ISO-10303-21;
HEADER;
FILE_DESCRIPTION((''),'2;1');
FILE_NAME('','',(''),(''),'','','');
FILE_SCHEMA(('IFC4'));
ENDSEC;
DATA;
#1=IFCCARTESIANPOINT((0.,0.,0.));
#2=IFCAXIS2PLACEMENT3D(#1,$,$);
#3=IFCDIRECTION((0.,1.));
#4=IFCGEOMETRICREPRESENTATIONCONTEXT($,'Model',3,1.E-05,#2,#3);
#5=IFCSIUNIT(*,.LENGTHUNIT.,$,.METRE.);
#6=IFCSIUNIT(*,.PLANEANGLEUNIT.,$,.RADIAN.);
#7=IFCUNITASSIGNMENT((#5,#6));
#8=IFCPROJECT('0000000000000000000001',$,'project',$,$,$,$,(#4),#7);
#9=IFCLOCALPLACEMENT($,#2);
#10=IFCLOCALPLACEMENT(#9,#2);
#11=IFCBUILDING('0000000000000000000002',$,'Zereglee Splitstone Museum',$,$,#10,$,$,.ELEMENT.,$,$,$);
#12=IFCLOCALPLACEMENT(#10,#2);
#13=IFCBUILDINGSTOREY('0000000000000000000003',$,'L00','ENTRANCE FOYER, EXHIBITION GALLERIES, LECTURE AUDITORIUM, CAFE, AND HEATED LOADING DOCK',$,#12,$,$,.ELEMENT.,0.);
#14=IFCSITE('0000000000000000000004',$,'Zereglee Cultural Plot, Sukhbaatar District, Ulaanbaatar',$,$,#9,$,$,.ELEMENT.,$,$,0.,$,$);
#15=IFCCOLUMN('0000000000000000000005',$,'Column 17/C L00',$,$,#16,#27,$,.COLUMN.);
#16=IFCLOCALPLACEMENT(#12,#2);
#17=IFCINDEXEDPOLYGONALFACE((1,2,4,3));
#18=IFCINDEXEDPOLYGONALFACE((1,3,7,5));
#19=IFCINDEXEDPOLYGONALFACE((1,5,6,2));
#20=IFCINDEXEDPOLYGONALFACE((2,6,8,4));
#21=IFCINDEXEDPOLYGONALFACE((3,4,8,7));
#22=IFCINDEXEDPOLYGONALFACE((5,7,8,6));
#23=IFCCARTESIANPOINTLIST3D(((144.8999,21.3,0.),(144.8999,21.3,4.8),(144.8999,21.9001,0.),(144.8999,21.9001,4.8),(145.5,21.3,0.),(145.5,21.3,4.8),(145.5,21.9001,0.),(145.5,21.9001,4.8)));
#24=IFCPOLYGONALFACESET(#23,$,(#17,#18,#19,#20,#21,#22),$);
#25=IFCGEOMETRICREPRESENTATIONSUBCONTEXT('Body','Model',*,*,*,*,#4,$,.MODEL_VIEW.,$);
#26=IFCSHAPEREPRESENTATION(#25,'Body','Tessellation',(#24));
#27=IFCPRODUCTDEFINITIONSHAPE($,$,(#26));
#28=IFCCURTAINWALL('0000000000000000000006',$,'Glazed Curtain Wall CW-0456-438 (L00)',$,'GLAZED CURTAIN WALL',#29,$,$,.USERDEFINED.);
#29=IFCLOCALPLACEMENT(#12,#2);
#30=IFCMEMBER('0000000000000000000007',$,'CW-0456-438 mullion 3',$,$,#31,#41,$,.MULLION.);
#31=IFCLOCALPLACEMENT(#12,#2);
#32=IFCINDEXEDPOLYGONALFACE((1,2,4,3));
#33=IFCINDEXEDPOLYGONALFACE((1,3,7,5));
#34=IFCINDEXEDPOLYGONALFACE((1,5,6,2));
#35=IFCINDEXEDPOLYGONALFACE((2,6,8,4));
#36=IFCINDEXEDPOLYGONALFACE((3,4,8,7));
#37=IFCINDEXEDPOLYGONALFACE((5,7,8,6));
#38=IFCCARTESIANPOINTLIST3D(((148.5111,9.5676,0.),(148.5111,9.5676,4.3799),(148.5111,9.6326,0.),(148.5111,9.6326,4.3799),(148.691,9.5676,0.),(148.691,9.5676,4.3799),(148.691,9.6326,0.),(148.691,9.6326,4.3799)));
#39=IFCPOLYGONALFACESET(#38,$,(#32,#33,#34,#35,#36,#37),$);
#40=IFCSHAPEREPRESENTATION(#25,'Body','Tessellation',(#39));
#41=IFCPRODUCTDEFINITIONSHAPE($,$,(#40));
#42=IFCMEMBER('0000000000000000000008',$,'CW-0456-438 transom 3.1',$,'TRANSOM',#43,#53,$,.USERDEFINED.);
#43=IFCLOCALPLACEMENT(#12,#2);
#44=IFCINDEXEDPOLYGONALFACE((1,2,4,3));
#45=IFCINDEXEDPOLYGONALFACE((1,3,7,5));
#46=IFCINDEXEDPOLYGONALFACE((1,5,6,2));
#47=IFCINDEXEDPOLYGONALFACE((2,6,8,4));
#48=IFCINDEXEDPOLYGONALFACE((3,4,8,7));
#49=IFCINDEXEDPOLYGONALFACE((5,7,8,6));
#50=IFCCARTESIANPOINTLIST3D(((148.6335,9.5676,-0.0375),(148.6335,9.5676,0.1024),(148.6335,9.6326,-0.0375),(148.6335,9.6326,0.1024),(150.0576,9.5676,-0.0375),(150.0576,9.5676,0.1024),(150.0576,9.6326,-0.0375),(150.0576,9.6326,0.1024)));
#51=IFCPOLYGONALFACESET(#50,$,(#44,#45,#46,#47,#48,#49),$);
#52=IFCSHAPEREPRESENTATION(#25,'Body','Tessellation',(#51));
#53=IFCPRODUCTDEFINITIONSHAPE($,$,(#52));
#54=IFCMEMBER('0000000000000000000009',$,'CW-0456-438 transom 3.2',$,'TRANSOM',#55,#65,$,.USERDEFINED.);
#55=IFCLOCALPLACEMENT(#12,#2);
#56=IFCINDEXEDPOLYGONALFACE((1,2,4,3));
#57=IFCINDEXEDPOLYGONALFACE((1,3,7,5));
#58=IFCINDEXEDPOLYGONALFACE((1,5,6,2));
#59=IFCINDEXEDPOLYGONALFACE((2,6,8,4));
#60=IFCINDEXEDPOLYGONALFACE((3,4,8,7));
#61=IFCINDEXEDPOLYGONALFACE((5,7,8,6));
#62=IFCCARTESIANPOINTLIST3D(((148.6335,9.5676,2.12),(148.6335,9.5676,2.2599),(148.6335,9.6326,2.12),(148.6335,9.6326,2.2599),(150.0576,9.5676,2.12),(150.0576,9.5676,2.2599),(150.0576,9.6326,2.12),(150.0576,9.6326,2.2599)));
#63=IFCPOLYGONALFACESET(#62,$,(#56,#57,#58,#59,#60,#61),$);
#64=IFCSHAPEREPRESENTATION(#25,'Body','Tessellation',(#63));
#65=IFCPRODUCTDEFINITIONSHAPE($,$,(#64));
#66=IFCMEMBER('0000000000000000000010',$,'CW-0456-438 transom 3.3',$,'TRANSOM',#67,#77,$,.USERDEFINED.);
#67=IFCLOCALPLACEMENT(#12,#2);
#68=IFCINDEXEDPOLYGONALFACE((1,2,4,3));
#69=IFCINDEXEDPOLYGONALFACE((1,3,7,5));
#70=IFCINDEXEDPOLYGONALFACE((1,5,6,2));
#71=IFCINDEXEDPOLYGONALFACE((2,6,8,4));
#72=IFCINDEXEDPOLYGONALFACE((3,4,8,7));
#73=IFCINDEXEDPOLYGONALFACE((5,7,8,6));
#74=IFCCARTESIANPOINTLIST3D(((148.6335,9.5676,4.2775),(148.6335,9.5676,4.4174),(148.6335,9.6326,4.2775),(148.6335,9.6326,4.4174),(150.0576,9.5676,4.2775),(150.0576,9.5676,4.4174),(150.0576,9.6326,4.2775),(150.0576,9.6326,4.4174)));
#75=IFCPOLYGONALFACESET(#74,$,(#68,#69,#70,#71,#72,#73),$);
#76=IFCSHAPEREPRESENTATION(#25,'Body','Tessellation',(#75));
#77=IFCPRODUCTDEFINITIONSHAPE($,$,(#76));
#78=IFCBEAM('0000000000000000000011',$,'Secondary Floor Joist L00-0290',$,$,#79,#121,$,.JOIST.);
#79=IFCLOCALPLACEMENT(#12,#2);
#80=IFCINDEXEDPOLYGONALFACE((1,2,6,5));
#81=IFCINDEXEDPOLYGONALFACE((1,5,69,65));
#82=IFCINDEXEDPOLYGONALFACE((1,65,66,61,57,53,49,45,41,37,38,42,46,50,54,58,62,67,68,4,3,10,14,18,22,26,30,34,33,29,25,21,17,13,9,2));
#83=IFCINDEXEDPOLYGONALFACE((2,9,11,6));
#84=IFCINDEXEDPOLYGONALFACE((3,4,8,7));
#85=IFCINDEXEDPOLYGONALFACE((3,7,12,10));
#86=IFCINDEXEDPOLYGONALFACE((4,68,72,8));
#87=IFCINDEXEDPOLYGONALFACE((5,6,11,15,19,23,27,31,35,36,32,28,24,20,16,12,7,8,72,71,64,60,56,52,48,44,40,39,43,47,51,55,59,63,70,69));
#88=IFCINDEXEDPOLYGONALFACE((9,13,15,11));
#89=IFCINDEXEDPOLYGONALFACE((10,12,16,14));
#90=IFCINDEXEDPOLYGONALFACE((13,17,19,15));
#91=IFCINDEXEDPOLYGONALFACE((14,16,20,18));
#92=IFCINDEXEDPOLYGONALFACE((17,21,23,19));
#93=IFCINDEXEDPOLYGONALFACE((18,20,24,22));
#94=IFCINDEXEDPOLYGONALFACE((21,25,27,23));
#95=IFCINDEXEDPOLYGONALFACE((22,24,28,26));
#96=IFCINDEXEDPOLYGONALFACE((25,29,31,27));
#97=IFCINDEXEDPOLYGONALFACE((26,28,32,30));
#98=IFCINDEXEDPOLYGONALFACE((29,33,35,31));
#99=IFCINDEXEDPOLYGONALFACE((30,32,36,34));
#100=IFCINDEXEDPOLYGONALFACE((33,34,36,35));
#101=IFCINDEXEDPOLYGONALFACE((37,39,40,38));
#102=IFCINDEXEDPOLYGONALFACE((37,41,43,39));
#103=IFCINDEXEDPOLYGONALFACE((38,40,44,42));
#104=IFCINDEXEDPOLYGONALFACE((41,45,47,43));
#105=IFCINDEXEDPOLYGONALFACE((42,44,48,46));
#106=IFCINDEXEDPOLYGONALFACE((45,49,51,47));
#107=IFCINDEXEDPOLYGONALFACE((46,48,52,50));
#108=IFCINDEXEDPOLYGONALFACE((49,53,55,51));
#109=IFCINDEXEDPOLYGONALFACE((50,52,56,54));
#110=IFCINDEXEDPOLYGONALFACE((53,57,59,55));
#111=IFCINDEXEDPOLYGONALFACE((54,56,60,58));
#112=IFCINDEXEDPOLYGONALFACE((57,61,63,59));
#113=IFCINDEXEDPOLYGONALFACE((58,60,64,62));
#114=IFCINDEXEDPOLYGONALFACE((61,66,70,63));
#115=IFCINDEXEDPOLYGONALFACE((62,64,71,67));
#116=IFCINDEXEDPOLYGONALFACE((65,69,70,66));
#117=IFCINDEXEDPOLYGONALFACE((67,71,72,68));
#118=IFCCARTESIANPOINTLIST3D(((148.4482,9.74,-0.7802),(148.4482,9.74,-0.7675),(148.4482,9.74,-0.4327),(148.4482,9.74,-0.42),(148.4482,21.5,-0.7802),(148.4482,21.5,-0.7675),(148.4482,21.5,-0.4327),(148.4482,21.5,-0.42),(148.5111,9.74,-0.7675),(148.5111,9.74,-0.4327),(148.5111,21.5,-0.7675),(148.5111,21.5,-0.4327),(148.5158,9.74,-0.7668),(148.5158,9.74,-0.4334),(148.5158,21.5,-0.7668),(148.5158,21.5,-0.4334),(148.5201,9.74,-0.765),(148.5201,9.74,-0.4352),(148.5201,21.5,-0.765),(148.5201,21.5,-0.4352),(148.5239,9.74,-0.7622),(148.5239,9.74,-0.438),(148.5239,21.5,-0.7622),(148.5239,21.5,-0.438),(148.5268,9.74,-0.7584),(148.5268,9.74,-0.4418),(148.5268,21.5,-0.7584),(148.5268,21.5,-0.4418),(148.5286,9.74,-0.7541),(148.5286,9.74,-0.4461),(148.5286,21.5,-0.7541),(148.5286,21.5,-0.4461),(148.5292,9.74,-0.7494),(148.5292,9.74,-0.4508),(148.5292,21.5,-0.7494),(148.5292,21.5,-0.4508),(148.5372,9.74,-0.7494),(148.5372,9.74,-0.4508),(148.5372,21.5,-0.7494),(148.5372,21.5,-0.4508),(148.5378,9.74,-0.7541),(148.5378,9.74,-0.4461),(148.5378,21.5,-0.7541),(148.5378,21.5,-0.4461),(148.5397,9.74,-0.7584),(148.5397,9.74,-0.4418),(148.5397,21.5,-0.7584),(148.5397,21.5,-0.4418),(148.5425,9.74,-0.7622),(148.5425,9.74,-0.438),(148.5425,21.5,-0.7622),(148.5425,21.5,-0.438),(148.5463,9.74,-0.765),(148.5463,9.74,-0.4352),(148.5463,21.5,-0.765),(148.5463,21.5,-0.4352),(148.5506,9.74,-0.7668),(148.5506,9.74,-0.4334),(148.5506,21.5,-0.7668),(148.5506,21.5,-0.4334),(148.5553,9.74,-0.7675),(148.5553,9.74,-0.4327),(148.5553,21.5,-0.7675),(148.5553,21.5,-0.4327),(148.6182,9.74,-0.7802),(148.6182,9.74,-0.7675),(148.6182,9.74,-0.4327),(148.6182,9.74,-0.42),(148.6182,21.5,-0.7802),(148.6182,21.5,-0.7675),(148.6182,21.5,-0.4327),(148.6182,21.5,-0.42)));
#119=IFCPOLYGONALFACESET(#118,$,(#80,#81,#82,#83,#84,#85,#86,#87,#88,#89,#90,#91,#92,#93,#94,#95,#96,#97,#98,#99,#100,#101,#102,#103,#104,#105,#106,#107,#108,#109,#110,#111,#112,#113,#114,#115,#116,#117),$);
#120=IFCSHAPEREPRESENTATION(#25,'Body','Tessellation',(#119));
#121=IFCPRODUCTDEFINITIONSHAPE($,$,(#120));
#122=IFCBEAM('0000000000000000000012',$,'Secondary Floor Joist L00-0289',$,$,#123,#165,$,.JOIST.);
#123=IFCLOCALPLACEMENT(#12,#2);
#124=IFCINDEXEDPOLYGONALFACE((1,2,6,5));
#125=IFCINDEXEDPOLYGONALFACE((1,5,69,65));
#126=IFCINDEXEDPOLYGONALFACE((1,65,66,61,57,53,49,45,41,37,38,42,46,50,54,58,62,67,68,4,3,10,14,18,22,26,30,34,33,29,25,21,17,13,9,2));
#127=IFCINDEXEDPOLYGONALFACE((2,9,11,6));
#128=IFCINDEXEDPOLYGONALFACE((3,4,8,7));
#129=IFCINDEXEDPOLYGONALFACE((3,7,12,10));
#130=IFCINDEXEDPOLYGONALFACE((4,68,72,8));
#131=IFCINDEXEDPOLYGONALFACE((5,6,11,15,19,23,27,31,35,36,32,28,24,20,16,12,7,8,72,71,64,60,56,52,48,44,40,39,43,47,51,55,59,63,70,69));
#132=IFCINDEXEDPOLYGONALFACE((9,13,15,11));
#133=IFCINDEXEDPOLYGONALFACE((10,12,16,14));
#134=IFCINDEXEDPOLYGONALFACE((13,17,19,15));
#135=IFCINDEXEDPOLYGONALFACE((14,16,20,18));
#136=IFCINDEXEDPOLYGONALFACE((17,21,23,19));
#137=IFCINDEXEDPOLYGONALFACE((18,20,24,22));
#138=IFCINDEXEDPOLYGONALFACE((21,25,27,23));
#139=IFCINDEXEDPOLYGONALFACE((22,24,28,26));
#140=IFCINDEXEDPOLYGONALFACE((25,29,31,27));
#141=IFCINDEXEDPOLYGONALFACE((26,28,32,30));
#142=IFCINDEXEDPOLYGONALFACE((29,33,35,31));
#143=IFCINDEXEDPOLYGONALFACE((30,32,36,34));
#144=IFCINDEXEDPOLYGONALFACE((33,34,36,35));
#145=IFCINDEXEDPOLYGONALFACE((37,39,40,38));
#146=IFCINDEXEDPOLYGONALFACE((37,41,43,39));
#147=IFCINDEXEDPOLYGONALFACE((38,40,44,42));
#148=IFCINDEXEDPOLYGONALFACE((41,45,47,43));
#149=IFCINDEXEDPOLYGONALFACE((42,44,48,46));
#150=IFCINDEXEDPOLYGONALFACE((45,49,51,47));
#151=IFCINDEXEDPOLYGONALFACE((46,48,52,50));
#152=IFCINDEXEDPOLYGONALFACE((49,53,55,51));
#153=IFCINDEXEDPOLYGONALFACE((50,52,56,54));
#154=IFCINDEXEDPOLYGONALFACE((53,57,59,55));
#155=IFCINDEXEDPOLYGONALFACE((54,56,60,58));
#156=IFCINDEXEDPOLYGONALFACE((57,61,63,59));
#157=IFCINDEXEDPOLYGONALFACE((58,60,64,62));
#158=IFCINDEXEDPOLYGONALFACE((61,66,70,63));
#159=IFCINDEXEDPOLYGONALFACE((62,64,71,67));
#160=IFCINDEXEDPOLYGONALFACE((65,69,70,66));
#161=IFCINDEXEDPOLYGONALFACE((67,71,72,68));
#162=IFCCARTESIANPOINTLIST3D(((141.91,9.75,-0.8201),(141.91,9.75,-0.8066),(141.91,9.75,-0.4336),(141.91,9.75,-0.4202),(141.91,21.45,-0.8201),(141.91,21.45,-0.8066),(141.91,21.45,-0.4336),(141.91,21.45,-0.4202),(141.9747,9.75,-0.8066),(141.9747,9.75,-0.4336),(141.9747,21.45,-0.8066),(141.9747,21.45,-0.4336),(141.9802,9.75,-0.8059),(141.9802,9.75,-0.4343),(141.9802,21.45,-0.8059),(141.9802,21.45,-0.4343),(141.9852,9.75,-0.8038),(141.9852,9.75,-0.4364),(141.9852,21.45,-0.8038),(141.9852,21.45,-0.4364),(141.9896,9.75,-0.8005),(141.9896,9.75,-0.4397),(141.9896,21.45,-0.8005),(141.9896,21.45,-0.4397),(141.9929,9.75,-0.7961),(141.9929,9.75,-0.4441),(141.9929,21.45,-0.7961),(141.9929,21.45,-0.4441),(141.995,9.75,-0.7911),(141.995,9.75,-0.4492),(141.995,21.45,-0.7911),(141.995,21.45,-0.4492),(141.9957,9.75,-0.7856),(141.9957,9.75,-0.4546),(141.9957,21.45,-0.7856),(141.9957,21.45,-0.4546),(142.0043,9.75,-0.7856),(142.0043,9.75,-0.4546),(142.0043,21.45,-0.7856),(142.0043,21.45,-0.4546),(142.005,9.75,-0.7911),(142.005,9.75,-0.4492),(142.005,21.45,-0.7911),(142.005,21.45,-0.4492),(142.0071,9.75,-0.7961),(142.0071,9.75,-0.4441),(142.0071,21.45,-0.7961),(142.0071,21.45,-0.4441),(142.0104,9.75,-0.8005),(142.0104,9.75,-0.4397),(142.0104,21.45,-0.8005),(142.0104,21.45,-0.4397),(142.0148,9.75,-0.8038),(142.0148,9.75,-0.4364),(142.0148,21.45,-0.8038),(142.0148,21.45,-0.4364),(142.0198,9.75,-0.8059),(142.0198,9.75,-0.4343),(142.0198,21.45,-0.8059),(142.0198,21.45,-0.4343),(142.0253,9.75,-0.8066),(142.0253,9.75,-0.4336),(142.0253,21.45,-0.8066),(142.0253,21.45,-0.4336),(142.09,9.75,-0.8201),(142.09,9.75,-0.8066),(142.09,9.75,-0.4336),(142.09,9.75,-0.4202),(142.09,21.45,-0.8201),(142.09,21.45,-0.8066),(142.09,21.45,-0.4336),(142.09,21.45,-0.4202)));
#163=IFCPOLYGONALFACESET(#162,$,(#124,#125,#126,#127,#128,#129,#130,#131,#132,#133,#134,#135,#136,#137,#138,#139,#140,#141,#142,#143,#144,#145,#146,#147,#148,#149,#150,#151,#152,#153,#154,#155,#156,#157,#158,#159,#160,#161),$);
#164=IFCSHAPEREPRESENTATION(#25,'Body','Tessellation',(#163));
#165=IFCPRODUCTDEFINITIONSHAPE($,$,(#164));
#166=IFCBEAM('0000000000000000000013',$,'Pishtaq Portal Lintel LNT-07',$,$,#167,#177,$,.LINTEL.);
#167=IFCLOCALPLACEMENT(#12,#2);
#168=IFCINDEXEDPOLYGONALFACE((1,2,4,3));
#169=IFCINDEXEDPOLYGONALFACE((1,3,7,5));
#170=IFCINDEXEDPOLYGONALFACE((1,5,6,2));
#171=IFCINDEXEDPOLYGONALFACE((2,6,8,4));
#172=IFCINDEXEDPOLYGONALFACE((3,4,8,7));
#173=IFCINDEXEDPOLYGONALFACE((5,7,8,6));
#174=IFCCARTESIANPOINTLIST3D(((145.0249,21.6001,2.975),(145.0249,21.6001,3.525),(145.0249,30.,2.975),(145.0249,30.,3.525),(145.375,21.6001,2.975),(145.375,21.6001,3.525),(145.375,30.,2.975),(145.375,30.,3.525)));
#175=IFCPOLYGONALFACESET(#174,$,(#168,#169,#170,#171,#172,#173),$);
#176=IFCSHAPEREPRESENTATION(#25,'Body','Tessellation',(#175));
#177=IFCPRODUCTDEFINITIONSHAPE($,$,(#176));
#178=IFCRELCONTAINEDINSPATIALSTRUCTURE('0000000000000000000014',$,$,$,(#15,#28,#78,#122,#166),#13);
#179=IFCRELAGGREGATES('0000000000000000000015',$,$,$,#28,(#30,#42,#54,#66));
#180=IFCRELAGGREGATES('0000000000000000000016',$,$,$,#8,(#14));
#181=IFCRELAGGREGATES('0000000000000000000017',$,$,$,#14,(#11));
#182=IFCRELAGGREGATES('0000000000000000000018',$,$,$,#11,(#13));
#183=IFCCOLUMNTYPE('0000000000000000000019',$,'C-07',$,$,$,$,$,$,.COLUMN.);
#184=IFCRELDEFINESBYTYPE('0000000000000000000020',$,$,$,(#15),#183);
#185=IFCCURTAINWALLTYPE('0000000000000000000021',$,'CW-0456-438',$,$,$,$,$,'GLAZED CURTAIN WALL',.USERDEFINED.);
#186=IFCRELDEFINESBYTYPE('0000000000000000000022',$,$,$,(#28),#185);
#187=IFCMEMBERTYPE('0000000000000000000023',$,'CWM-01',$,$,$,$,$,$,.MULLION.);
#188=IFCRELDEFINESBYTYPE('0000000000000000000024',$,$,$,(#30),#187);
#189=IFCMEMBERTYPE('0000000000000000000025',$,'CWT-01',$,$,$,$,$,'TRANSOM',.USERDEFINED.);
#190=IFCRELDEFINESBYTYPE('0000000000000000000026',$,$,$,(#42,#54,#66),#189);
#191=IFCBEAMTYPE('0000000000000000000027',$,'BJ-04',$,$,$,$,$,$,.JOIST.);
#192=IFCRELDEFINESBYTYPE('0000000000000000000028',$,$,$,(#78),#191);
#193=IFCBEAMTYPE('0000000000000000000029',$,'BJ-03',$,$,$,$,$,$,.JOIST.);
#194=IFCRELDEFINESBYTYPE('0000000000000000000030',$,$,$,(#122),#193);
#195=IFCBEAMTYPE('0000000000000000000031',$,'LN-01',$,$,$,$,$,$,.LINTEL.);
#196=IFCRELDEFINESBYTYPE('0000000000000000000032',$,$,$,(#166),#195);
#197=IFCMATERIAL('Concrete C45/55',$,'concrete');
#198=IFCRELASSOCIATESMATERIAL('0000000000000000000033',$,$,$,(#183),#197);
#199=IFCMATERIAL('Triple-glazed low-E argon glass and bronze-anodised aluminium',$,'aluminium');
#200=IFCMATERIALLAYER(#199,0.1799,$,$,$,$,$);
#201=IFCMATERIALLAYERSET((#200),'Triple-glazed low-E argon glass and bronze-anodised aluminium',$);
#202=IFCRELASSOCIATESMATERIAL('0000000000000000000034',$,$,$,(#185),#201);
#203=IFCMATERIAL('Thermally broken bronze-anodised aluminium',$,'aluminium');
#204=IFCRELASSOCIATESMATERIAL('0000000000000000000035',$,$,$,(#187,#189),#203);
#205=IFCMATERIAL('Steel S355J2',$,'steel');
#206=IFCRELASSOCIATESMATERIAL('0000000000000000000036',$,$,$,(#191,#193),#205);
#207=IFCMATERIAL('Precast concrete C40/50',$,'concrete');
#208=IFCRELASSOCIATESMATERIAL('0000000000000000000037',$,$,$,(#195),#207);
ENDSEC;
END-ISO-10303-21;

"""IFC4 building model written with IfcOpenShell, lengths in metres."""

from ifc_helpers import new_model, si_unit, direction, frame, origin, origin_2d, place, context, subcontext, project, spatial, rectangle, i_section, extrude, material, layer, layer_set, material_profile, profile_set, type_object, element, aggregate, save


model = new_model("IFC4")

# Units and contexts
model_context = context("Model", 3, precision=1e-05, world=origin(), true_north=direction((0.0, 1.0)))
body_context = subcontext(model_context, "Body", "Model", "MODEL_VIEW")
ifc_project = project(units=[si_unit("LENGTHUNIT", "METRE"), si_unit("PLANEANGLEUNIT", "RADIAN")], contexts=[model_context])

# Site, building, storey
site_placement = place(None, origin())
site = spatial("IfcSite", under=ifc_project, at=site_placement, Name="Zereglee Cultural Plot, Sukhbaatar District, Ulaanbaatar", CompositionType="ELEMENT", RefElevation=0.0)
building_placement = place(site_placement, origin())
building = spatial("IfcBuilding", under=site, at=building_placement, Name="Zereglee Splitstone Museum", CompositionType="ELEMENT")
storey_placement = place(building_placement, origin())
storey = spatial("IfcBuildingStorey", under=building, at=storey_placement, Name="L00", Description="ENTRANCE FOYER, EXHIBITION GALLERIES, LECTURE AUDITORIUM, CAFE, AND HEATED LOADING DOCK", CompositionType="ELEMENT", Elevation=0.0)

# Column
ifc_material_1 = material(Name="Concrete C45/55", Category="concrete")
ifc_material_profile_1 = material_profile(ifc_material_1, rectangle(XDim=0.6001, YDim=0.6001, at=origin_2d()), Name="RC 600x600")
ifc_profile_set_1 = profile_set([ifc_material_profile_1], Name="Concrete C45/55")
column_type = type_object("IfcColumnType", Name="C-07", PredefinedType="COLUMN", material=ifc_profile_set_1)
column_placement = place(storey_placement, frame((145.2, 21.6001, 0.0), z_axis=(0.0, 0.0, 1.0), x_axis=(1.0, 0.0, 0.0)))
element("IfcColumn", 1, at=column_placement, inside=storey, type_object=column_type, Name="Column 17/C L00", PredefinedType="COLUMN", context=body_context, shape_type="SweptSolid", body=[
    extrude(rectangle(XDim=0.6001, YDim=0.6001, at=origin_2d()), origin(), (0.0, 0.0, 1.0), 4.8),
])

# Curtain wall, members
ifc_material_2 = material(Name="Triple-glazed low-E argon glass and bronze-anodised aluminium", Category="aluminium")
ifc_layer_1 = layer(ifc_material_2, 0.1799)
ifc_layer_set_1 = layer_set([ifc_layer_1], Name="Triple-glazed low-E argon glass and bronze-anodised aluminium")
curtain_wall_type = type_object("IfcCurtainWallType", Name="CW-0456-438", ElementType="GLAZED CURTAIN WALL", PredefinedType="USERDEFINED", material=ifc_layer_set_1)
curtain_wall_placement = place(storey_placement, origin())
curtain_wall = element("IfcCurtainWall", 2, at=curtain_wall_placement, inside=storey, type_object=curtain_wall_type, Name="Glazed Curtain Wall CW-0456-438 (L00)", ObjectType="GLAZED CURTAIN WALL", PredefinedType="USERDEFINED")
ifc_material_3 = material(Name="Thermally broken bronze-anodised aluminium", Category="aluminium")
ifc_material_profile_2 = material_profile(ifc_material_3, rectangle(XDim=0.0649, YDim=0.1799, at=origin_2d()), Name="CW MULL 65x180")
ifc_profile_set_2 = profile_set([ifc_material_profile_2], Name="Thermally broken bronze-anodised aluminium")
member_type_1 = type_object("IfcMemberType", Name="CWM-01", PredefinedType="MULLION", material=ifc_profile_set_2)
member_1_placement = place(storey_placement, frame((148.6011, 9.6001, 0.0), z_axis=(0.0, 0.0, 1.0), x_axis=(0.0, 1.0, 0.0)))
member_1 = element("IfcMember", 3, at=member_1_placement, type_object=member_type_1, Name="CW-0456-438 mullion 3", PredefinedType="MULLION", context=body_context, shape_type="SweptSolid", body=[
    extrude(rectangle(XDim=0.0649, YDim=0.1799, at=origin_2d()), origin(), (0.0, 0.0, 1.0), 4.3799),
])
ifc_material_profile_3 = material_profile(ifc_material_3, rectangle(XDim=0.0649, YDim=0.1399, at=origin_2d()), Name="CW TRAN 65x140")
ifc_profile_set_3 = profile_set([ifc_material_profile_3], Name="Thermally broken bronze-anodised aluminium")
member_type_2 = type_object("IfcMemberType", Name="CWT-01", ElementType="TRANSOM", PredefinedType="USERDEFINED", material=ifc_profile_set_3)
member_2_placement = place(storey_placement, frame((148.6335, 9.6001, 0.0325), z_axis=(1.0, 0.0, 0.0), x_axis=(0.0, 1.0, 0.0)))
member_2 = element("IfcMember", 4, at=member_2_placement, type_object=member_type_2, Name="CW-0456-438 transom 3.1", ObjectType="TRANSOM", PredefinedType="USERDEFINED", context=body_context, shape_type="SweptSolid", body=[
    extrude(rectangle(XDim=0.0649, YDim=0.1399, at=origin_2d()), origin(), (0.0, 0.0, 1.0), 1.4241),
])
member_3_placement = place(storey_placement, frame((148.6335, 9.6001, 2.1899), z_axis=(1.0, 0.0, 0.0), x_axis=(0.0, 1.0, 0.0)))
member_3 = element("IfcMember", 5, at=member_3_placement, type_object=member_type_2, Name="CW-0456-438 transom 3.2", ObjectType="TRANSOM", PredefinedType="USERDEFINED", context=body_context, shape_type="SweptSolid", body=[
    extrude(rectangle(XDim=0.0649, YDim=0.1399, at=origin_2d()), origin(), (0.0, 0.0, 1.0), 1.4241),
])
member_4_placement = place(storey_placement, frame((148.6335, 9.6001, 4.3474), z_axis=(1.0, 0.0, 0.0), x_axis=(0.0, 1.0, 0.0)))
member_4 = element("IfcMember", 6, at=member_4_placement, type_object=member_type_2, Name="CW-0456-438 transom 3.3", ObjectType="TRANSOM", PredefinedType="USERDEFINED", context=body_context, shape_type="SweptSolid", body=[
    extrude(rectangle(XDim=0.0649, YDim=0.1399, at=origin_2d()), origin(), (0.0, 0.0, 1.0), 1.4241),
])

# Beams
ifc_material_4 = material(Name="Steel S355J2", Category="steel")
ifc_material_profile_4 = material_profile(ifc_material_4, i_section(OverallWidth=0.1699, OverallDepth=0.3601, WebThickness=0.0081, FlangeThickness=0.0127, FilletRadius=0.0181, at=origin_2d()), Name="IPE 360")
ifc_profile_set_4 = profile_set([ifc_material_profile_4], Name="Steel S355J2")
beam_type_1 = type_object("IfcBeamType", Name="BJ-04", PredefinedType="JOIST", material=ifc_profile_set_4)
beam_1_placement = place(storey_placement, frame((148.5332, 9.74, -0.6001), z_axis=(0.0, 1.0, 0.0), x_axis=(-1.0, 0.0, 0.0)))
element("IfcBeam", 7, at=beam_1_placement, inside=storey, type_object=beam_type_1, Name="Secondary Floor Joist L00-0290", PredefinedType="JOIST", context=body_context, shape_type="SweptSolid", body=[
    extrude(i_section(OverallWidth=0.1699, OverallDepth=0.3601, WebThickness=0.0081, FlangeThickness=0.0127, FilletRadius=0.0181, at=origin_2d()), origin(), (0.0, 0.0, 1.0), 11.76),
])
ifc_material_profile_5 = material_profile(ifc_material_4, i_section(OverallWidth=0.1799, OverallDepth=0.3999, WebThickness=0.0085, FlangeThickness=0.0134, FilletRadius=0.021, at=origin_2d()), Name="IPE 400")
ifc_profile_set_5 = profile_set([ifc_material_profile_5], Name="Steel S355J2")
beam_type_2 = type_object("IfcBeamType", Name="BJ-03", PredefinedType="JOIST", material=ifc_profile_set_5)
beam_2_placement = place(storey_placement, frame((142.0, 9.75, -0.6201), z_axis=(0.0, 1.0, 0.0), x_axis=(-1.0, 0.0, 0.0)))
element("IfcBeam", 8, at=beam_2_placement, inside=storey, type_object=beam_type_2, Name="Secondary Floor Joist L00-0289", PredefinedType="JOIST", context=body_context, shape_type="SweptSolid", body=[
    extrude(i_section(OverallWidth=0.1799, OverallDepth=0.3999, WebThickness=0.0085, FlangeThickness=0.0134, FilletRadius=0.021, at=origin_2d()), origin(), (0.0, 0.0, 1.0), 11.7),
])
ifc_material_5 = material(Name="Precast concrete C40/50", Category="concrete")
ifc_material_profile_6 = material_profile(ifc_material_5, rectangle(XDim=0.3501, YDim=0.55, at=origin_2d()), Name="RC 350x550")
ifc_profile_set_6 = profile_set([ifc_material_profile_6], Name="Precast concrete C40/50")
beam_type_3 = type_object("IfcBeamType", Name="LN-01", PredefinedType="LINTEL", material=ifc_profile_set_6)
beam_3_placement = place(storey_placement, frame((145.2, 21.6001, 3.25), z_axis=(0.0, 1.0, 0.0), x_axis=(-1.0, 0.0, 0.0)))
element("IfcBeam", 9, at=beam_3_placement, inside=storey, type_object=beam_type_3, Name="Pishtaq Portal Lintel LNT-07", PredefinedType="LINTEL", context=body_context, shape_type="SweptSolid", body=[
    extrude(rectangle(XDim=0.3501, YDim=0.55, at=origin_2d()), origin(), (0.0, 0.0, 1.0), 8.3999),
])

aggregate(curtain_wall, [member_1, member_2, member_3, member_4])

save(model, "model.ifc")
